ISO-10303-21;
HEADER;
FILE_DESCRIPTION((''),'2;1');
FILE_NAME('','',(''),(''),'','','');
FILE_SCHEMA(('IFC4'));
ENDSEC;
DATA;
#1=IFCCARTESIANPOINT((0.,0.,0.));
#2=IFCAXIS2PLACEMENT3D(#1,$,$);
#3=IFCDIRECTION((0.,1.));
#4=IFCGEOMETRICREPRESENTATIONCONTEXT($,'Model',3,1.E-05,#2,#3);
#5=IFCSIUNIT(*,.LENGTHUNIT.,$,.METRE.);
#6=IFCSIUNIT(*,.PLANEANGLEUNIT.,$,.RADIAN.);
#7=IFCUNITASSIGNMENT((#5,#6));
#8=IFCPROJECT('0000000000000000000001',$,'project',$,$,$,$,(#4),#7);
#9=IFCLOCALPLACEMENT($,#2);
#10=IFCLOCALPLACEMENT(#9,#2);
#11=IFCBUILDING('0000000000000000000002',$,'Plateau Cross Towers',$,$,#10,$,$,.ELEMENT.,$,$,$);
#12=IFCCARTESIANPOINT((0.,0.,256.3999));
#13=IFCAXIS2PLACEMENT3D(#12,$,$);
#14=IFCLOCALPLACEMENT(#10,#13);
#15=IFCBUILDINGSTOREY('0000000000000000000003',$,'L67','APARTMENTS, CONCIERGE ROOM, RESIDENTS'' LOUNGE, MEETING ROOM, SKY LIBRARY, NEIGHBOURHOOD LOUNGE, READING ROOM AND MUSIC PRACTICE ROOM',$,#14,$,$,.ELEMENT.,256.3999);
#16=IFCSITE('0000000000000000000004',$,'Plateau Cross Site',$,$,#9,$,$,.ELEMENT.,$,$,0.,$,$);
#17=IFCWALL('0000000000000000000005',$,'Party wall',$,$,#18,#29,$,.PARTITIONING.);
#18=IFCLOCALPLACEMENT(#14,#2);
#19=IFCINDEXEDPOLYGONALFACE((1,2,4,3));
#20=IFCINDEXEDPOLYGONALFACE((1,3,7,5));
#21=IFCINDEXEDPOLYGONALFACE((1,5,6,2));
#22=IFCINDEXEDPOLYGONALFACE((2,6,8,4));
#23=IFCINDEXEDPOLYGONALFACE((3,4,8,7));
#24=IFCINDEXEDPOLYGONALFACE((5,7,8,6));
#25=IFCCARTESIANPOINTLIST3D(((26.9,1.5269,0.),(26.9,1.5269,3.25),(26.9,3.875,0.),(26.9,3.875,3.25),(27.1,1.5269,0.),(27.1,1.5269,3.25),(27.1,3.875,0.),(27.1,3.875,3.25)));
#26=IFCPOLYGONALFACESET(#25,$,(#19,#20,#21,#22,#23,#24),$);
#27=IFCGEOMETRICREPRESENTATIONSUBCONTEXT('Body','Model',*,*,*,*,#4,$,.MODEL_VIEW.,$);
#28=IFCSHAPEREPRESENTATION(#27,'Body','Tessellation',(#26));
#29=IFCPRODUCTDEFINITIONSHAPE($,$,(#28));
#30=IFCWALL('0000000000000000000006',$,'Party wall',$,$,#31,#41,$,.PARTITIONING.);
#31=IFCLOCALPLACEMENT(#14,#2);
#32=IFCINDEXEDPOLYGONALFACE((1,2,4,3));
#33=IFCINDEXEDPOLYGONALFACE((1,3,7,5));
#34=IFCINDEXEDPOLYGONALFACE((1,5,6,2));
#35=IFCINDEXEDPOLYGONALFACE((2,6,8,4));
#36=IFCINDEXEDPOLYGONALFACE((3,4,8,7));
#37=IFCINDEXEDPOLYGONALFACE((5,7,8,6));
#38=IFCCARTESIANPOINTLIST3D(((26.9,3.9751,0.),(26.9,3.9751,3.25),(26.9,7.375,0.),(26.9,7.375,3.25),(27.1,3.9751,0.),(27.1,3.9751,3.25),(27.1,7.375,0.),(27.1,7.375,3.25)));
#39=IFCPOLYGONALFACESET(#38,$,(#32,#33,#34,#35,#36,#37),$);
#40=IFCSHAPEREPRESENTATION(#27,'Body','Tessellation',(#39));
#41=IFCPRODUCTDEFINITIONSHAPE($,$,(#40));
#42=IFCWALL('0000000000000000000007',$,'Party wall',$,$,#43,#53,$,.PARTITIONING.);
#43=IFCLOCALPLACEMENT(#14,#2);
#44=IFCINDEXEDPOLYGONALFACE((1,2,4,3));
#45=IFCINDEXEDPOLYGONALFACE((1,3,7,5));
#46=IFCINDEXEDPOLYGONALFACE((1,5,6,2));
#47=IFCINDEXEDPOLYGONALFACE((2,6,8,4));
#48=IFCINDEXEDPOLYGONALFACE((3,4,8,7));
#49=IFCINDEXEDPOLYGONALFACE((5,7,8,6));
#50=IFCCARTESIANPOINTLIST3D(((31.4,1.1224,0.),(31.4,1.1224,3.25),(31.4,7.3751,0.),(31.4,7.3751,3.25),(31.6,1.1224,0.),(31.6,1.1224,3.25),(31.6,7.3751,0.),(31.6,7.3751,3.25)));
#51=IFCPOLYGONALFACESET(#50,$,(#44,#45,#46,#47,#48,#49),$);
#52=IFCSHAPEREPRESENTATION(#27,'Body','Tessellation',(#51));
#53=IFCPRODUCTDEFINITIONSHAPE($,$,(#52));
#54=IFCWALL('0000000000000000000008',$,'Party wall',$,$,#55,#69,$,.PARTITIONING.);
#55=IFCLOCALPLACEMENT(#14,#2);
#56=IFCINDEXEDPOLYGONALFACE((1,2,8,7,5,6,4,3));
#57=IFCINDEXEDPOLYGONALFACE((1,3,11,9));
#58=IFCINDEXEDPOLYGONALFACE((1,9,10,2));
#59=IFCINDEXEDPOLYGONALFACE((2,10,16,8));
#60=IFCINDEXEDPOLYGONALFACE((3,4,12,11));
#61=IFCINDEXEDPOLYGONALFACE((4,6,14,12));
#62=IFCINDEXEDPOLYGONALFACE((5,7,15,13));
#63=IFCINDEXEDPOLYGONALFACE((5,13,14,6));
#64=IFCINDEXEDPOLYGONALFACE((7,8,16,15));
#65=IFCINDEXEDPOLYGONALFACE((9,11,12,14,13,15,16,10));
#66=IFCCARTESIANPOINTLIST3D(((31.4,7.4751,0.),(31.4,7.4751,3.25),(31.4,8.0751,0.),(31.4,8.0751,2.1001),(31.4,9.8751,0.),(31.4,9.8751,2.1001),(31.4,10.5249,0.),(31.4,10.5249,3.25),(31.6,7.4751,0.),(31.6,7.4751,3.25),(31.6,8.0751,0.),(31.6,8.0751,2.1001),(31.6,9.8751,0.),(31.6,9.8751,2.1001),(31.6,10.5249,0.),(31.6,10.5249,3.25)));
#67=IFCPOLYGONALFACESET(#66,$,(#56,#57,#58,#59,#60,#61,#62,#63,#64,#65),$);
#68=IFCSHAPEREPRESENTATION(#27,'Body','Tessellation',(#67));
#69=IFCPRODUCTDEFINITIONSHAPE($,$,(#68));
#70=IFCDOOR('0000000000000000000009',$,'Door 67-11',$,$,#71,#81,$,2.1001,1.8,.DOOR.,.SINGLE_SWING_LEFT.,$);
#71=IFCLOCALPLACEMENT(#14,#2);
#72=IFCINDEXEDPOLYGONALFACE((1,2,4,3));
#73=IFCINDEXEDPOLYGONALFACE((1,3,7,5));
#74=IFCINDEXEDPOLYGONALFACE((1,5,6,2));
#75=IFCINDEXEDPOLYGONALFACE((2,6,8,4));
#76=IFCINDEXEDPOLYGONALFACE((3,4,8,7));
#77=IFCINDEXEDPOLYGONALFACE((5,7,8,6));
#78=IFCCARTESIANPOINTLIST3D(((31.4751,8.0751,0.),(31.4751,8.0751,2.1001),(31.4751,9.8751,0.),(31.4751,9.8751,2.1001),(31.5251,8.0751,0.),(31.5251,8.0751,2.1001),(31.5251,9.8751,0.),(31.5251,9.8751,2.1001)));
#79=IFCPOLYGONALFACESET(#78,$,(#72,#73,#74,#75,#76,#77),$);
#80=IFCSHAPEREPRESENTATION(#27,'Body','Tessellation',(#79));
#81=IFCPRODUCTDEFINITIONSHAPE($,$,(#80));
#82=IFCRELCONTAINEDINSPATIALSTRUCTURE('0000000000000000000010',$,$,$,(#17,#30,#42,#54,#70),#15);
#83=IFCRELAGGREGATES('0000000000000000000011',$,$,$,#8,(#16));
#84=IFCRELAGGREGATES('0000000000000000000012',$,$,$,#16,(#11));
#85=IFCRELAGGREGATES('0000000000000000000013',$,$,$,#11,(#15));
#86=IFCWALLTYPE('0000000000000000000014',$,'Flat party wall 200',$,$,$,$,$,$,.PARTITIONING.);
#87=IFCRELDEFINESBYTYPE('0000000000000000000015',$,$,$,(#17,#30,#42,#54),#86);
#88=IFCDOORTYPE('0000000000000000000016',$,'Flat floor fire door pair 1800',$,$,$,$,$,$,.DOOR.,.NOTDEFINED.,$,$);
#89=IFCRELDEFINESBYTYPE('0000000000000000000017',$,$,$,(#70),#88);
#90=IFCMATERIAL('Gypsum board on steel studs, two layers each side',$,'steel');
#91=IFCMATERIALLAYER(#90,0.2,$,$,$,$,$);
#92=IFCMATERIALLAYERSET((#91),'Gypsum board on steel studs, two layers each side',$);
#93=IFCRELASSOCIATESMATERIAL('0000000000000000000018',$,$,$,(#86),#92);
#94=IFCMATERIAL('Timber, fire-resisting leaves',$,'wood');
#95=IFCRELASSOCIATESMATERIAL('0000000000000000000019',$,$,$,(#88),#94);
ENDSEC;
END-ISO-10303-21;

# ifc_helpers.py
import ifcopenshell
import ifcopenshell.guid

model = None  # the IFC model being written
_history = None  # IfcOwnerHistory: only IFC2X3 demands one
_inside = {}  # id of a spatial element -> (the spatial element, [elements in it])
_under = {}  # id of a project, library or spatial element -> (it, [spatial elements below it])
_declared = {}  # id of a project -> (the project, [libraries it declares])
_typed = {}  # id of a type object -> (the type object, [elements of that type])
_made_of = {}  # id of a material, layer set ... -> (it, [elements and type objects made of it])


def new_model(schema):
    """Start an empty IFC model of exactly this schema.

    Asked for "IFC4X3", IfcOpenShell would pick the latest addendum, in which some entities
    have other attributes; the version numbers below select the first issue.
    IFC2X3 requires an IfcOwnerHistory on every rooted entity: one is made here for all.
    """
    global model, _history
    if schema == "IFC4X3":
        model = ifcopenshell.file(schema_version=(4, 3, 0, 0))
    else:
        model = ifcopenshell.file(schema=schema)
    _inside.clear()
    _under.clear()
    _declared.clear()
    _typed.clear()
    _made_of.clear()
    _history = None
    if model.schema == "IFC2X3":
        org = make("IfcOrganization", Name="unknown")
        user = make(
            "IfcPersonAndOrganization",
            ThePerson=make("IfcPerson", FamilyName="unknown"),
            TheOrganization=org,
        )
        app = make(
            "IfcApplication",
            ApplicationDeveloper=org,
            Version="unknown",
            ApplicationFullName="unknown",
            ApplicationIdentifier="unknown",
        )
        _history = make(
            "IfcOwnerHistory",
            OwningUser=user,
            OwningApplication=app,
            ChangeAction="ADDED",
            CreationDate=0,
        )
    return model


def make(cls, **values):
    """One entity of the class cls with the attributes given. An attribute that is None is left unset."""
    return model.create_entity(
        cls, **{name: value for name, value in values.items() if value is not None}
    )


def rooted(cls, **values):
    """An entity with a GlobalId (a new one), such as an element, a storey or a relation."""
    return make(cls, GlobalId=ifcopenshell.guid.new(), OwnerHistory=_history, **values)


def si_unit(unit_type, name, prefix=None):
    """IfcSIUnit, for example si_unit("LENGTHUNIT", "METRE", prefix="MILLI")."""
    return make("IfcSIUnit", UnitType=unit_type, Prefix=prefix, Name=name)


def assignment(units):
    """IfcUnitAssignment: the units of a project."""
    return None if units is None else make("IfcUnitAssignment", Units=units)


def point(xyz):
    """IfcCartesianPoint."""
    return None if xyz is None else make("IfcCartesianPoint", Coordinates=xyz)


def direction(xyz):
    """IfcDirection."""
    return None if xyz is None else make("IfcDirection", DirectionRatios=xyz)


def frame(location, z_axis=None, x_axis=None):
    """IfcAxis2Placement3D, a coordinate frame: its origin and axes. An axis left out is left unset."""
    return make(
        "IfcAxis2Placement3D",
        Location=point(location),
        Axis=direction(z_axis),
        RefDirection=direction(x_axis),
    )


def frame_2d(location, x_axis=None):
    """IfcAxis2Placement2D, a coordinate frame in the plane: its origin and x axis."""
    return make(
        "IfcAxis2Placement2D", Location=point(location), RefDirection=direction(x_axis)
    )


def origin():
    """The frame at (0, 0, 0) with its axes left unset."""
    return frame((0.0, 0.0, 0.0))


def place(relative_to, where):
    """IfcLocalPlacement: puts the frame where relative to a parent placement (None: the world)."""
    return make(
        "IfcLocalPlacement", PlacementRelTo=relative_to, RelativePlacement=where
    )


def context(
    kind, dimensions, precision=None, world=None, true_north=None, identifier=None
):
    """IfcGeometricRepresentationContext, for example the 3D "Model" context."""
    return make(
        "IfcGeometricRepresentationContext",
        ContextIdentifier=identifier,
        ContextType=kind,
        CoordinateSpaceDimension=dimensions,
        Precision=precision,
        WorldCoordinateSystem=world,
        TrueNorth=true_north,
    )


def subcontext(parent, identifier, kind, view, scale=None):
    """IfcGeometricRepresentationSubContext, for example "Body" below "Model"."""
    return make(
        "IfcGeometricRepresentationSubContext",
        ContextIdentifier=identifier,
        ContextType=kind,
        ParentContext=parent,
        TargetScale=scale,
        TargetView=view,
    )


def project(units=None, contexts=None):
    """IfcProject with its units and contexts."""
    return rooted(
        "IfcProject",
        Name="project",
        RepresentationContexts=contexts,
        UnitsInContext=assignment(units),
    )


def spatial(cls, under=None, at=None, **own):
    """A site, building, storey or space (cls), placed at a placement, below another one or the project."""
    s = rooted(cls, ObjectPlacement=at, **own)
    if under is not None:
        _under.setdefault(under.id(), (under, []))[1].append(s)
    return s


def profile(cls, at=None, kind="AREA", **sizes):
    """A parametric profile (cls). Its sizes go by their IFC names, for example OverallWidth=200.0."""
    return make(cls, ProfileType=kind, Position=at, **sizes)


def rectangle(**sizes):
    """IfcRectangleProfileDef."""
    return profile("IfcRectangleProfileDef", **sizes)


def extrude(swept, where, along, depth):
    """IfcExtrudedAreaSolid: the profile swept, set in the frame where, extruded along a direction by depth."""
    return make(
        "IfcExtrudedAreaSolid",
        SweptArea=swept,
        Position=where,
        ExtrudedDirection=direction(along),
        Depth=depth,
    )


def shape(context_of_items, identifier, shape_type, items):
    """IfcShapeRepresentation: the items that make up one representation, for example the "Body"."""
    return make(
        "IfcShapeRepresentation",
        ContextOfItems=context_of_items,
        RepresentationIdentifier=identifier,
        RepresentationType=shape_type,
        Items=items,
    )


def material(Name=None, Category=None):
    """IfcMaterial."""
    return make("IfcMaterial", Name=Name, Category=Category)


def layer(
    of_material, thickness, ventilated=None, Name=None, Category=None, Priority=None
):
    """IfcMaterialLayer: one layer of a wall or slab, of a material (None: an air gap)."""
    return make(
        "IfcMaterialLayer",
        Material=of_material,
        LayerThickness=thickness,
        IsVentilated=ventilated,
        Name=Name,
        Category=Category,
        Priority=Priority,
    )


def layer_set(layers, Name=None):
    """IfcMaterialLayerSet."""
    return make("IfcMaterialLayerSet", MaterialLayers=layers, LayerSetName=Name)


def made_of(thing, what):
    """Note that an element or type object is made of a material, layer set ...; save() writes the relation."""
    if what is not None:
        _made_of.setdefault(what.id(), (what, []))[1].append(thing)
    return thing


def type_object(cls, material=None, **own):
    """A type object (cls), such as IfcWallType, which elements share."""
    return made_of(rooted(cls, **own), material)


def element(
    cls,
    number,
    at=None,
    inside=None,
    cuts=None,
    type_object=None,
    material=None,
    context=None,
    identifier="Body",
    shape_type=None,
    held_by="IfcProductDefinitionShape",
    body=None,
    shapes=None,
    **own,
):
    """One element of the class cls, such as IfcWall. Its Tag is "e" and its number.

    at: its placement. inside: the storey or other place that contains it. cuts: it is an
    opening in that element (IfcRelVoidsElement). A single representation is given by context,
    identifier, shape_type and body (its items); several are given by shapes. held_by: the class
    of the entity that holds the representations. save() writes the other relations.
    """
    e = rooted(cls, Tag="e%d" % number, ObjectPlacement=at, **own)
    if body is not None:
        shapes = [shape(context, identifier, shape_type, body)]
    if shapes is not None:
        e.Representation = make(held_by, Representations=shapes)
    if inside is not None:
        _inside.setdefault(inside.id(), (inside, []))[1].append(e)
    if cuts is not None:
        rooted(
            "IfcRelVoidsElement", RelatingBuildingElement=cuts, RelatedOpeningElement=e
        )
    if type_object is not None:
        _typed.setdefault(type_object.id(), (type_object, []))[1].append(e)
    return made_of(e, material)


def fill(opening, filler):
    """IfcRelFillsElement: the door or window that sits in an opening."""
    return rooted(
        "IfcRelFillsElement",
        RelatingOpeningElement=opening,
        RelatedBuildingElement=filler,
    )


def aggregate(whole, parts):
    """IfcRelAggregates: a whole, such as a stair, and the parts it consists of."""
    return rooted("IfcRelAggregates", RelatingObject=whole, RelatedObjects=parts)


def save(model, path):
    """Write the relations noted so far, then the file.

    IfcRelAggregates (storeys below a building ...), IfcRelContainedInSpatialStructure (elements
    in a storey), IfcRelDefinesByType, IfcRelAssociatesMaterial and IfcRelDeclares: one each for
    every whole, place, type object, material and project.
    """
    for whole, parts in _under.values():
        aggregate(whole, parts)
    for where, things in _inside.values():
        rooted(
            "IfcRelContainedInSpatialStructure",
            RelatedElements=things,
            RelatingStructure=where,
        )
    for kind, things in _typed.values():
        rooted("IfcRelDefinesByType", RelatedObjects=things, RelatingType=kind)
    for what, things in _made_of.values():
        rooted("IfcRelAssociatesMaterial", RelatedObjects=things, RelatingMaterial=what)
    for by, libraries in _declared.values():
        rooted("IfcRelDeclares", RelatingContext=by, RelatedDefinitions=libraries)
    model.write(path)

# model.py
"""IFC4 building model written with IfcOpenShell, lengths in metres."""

from ifc_helpers import new_model, si_unit, direction, frame, frame_2d, origin, place, context, subcontext, project, spatial, rectangle, extrude, material, layer, layer_set, type_object, element, fill, save


model = new_model("IFC4")

# Units and contexts
model_context = context("Model", 3, precision=1e-05, world=origin(), true_north=direction((0.0, 1.0)))
body_context = subcontext(model_context, "Body", "Model", "MODEL_VIEW")
ifc_project = project(units=[si_unit("LENGTHUNIT", "METRE"), si_unit("PLANEANGLEUNIT", "RADIAN")], contexts=[model_context])

# Site, building, storey
site_placement = place(None, origin())
site = spatial("IfcSite", under=ifc_project, at=site_placement, Name="Plateau Cross Site", CompositionType="ELEMENT", RefElevation=0.0)
building_placement = place(site_placement, origin())
building = spatial("IfcBuilding", under=site, at=building_placement, Name="Plateau Cross Towers", CompositionType="ELEMENT")
storey_placement = place(building_placement, frame((0.0, 0.0, 256.3999)))
storey = spatial("IfcBuildingStorey", under=building, at=storey_placement, Name="L67", Description="APARTMENTS, CONCIERGE ROOM, RESIDENTS' LOUNGE, MEETING ROOM, SKY LIBRARY, NEIGHBOURHOOD LOUNGE, READING ROOM AND MUSIC PRACTICE ROOM", CompositionType="ELEMENT", Elevation=256.3999)

# Walls
ifc_material_1 = material(Name="Gypsum board on steel studs, two layers each side", Category="steel")
ifc_layer_1 = layer(ifc_material_1, 0.2)
ifc_layer_set_1 = layer_set([ifc_layer_1], Name="Gypsum board on steel studs, two layers each side")
wall_type_1 = type_object("IfcWallType", Name="Flat party wall 200", PredefinedType="PARTITIONING", material=ifc_layer_set_1)
wall_1_placement = place(storey_placement, frame((27.0, 3.875, 0.0), z_axis=(0.0, 0.0, 1.0), x_axis=(0.0, -1.0, 0.0)))
element("IfcWall", 1, at=wall_1_placement, inside=storey, type_object=wall_type_1, Name="Party wall", PredefinedType="PARTITIONING", context=body_context, shape_type="SweptSolid", body=[
    extrude(rectangle(XDim=2.3481, YDim=0.2, at=frame_2d((1.1741, 0.0))), origin(), (0.0, 0.0, 1.0), 3.25),
])
wall_2_placement = place(storey_placement, frame((27.0, 3.9751, 0.0), z_axis=(0.0, 0.0, 1.0), x_axis=(0.0, 1.0, 0.0)))
element("IfcWall", 2, at=wall_2_placement, inside=storey, type_object=wall_type_1, Name="Party wall", PredefinedType="PARTITIONING", context=body_context, shape_type="SweptSolid", body=[
    extrude(rectangle(XDim=3.3999, YDim=0.2, at=frame_2d((1.7, 0.0))), origin(), (0.0, 0.0, 1.0), 3.25),
])
wall_3_placement = place(storey_placement, frame((31.5, 1.1223, 0.0), z_axis=(0.0, 0.0, 1.0), x_axis=(0.0, 1.0, 0.0)))
element("IfcWall", 3, at=wall_3_placement, inside=storey, type_object=wall_type_1, Name="Party wall", PredefinedType="PARTITIONING", context=body_context, shape_type="SweptSolid", body=[
    extrude(rectangle(XDim=6.2527, YDim=0.2, at=frame_2d((3.1265, 0.0))), origin(), (0.0, 0.0, 1.0), 3.25),
])

# Wall, opening, door
wall_4_placement = place(storey_placement, frame((31.5, 7.4751, 0.0), z_axis=(0.0, 0.0, 1.0), x_axis=(0.0, 1.0, 0.0)))
wall_4 = element("IfcWall", 4, at=wall_4_placement, inside=storey, type_object=wall_type_1, Name="Party wall", PredefinedType="PARTITIONING", context=body_context, shape_type="SweptSolid", body=[
    extrude(rectangle(XDim=3.0498, YDim=0.2, at=frame_2d((1.5249, 0.0))), origin(), (0.0, 0.0, 1.0), 3.25),
])
opening_1_placement = place(wall_4_placement, frame((0.6001, 0.0, 0.0)))
opening_1 = element("IfcOpeningElement", 5, at=opening_1_placement, cuts=wall_4, PredefinedType="OPENING", context=body_context, shape_type="SweptSolid", body=[
    extrude(rectangle(XDim=1.8, YDim=2.1001, at=frame_2d((0.8999, 1.05))), frame((0.0, 0.1099, 0.0), z_axis=(0.0, -1.0, 0.0), x_axis=(1.0, 0.0, 0.0)), (0.0, 0.0, 1.0), 0.22),
])
ifc_material_2 = material(Name="Timber, fire-resisting leaves", Category="wood")
door_type_1 = type_object("IfcDoorType", Name="Flat floor fire door pair 1800", OperationType="NOTDEFINED", PredefinedType="DOOR", material=ifc_material_2)
door_1_placement = place(opening_1_placement, origin())
door_1 = element("IfcDoor", 6, at=door_1_placement, inside=storey, type_object=door_type_1, Name="Door 67-11", OperationType="SINGLE_SWING_LEFT", OverallHeight=2.1001, OverallWidth=1.8, PredefinedType="DOOR", context=body_context, shape_type="SweptSolid", body=[
    extrude(rectangle(XDim=1.8, YDim=2.1001, at=frame_2d((0.8999, 1.05))), frame((0.0, 0.0249, 0.0), z_axis=(0.0, -1.0, 0.0), x_axis=(1.0, 0.0, 0.0)), (0.0, 0.0, 1.0), 0.05),
])
fill(opening_1, door_1)

save(model, "model.ifc")
